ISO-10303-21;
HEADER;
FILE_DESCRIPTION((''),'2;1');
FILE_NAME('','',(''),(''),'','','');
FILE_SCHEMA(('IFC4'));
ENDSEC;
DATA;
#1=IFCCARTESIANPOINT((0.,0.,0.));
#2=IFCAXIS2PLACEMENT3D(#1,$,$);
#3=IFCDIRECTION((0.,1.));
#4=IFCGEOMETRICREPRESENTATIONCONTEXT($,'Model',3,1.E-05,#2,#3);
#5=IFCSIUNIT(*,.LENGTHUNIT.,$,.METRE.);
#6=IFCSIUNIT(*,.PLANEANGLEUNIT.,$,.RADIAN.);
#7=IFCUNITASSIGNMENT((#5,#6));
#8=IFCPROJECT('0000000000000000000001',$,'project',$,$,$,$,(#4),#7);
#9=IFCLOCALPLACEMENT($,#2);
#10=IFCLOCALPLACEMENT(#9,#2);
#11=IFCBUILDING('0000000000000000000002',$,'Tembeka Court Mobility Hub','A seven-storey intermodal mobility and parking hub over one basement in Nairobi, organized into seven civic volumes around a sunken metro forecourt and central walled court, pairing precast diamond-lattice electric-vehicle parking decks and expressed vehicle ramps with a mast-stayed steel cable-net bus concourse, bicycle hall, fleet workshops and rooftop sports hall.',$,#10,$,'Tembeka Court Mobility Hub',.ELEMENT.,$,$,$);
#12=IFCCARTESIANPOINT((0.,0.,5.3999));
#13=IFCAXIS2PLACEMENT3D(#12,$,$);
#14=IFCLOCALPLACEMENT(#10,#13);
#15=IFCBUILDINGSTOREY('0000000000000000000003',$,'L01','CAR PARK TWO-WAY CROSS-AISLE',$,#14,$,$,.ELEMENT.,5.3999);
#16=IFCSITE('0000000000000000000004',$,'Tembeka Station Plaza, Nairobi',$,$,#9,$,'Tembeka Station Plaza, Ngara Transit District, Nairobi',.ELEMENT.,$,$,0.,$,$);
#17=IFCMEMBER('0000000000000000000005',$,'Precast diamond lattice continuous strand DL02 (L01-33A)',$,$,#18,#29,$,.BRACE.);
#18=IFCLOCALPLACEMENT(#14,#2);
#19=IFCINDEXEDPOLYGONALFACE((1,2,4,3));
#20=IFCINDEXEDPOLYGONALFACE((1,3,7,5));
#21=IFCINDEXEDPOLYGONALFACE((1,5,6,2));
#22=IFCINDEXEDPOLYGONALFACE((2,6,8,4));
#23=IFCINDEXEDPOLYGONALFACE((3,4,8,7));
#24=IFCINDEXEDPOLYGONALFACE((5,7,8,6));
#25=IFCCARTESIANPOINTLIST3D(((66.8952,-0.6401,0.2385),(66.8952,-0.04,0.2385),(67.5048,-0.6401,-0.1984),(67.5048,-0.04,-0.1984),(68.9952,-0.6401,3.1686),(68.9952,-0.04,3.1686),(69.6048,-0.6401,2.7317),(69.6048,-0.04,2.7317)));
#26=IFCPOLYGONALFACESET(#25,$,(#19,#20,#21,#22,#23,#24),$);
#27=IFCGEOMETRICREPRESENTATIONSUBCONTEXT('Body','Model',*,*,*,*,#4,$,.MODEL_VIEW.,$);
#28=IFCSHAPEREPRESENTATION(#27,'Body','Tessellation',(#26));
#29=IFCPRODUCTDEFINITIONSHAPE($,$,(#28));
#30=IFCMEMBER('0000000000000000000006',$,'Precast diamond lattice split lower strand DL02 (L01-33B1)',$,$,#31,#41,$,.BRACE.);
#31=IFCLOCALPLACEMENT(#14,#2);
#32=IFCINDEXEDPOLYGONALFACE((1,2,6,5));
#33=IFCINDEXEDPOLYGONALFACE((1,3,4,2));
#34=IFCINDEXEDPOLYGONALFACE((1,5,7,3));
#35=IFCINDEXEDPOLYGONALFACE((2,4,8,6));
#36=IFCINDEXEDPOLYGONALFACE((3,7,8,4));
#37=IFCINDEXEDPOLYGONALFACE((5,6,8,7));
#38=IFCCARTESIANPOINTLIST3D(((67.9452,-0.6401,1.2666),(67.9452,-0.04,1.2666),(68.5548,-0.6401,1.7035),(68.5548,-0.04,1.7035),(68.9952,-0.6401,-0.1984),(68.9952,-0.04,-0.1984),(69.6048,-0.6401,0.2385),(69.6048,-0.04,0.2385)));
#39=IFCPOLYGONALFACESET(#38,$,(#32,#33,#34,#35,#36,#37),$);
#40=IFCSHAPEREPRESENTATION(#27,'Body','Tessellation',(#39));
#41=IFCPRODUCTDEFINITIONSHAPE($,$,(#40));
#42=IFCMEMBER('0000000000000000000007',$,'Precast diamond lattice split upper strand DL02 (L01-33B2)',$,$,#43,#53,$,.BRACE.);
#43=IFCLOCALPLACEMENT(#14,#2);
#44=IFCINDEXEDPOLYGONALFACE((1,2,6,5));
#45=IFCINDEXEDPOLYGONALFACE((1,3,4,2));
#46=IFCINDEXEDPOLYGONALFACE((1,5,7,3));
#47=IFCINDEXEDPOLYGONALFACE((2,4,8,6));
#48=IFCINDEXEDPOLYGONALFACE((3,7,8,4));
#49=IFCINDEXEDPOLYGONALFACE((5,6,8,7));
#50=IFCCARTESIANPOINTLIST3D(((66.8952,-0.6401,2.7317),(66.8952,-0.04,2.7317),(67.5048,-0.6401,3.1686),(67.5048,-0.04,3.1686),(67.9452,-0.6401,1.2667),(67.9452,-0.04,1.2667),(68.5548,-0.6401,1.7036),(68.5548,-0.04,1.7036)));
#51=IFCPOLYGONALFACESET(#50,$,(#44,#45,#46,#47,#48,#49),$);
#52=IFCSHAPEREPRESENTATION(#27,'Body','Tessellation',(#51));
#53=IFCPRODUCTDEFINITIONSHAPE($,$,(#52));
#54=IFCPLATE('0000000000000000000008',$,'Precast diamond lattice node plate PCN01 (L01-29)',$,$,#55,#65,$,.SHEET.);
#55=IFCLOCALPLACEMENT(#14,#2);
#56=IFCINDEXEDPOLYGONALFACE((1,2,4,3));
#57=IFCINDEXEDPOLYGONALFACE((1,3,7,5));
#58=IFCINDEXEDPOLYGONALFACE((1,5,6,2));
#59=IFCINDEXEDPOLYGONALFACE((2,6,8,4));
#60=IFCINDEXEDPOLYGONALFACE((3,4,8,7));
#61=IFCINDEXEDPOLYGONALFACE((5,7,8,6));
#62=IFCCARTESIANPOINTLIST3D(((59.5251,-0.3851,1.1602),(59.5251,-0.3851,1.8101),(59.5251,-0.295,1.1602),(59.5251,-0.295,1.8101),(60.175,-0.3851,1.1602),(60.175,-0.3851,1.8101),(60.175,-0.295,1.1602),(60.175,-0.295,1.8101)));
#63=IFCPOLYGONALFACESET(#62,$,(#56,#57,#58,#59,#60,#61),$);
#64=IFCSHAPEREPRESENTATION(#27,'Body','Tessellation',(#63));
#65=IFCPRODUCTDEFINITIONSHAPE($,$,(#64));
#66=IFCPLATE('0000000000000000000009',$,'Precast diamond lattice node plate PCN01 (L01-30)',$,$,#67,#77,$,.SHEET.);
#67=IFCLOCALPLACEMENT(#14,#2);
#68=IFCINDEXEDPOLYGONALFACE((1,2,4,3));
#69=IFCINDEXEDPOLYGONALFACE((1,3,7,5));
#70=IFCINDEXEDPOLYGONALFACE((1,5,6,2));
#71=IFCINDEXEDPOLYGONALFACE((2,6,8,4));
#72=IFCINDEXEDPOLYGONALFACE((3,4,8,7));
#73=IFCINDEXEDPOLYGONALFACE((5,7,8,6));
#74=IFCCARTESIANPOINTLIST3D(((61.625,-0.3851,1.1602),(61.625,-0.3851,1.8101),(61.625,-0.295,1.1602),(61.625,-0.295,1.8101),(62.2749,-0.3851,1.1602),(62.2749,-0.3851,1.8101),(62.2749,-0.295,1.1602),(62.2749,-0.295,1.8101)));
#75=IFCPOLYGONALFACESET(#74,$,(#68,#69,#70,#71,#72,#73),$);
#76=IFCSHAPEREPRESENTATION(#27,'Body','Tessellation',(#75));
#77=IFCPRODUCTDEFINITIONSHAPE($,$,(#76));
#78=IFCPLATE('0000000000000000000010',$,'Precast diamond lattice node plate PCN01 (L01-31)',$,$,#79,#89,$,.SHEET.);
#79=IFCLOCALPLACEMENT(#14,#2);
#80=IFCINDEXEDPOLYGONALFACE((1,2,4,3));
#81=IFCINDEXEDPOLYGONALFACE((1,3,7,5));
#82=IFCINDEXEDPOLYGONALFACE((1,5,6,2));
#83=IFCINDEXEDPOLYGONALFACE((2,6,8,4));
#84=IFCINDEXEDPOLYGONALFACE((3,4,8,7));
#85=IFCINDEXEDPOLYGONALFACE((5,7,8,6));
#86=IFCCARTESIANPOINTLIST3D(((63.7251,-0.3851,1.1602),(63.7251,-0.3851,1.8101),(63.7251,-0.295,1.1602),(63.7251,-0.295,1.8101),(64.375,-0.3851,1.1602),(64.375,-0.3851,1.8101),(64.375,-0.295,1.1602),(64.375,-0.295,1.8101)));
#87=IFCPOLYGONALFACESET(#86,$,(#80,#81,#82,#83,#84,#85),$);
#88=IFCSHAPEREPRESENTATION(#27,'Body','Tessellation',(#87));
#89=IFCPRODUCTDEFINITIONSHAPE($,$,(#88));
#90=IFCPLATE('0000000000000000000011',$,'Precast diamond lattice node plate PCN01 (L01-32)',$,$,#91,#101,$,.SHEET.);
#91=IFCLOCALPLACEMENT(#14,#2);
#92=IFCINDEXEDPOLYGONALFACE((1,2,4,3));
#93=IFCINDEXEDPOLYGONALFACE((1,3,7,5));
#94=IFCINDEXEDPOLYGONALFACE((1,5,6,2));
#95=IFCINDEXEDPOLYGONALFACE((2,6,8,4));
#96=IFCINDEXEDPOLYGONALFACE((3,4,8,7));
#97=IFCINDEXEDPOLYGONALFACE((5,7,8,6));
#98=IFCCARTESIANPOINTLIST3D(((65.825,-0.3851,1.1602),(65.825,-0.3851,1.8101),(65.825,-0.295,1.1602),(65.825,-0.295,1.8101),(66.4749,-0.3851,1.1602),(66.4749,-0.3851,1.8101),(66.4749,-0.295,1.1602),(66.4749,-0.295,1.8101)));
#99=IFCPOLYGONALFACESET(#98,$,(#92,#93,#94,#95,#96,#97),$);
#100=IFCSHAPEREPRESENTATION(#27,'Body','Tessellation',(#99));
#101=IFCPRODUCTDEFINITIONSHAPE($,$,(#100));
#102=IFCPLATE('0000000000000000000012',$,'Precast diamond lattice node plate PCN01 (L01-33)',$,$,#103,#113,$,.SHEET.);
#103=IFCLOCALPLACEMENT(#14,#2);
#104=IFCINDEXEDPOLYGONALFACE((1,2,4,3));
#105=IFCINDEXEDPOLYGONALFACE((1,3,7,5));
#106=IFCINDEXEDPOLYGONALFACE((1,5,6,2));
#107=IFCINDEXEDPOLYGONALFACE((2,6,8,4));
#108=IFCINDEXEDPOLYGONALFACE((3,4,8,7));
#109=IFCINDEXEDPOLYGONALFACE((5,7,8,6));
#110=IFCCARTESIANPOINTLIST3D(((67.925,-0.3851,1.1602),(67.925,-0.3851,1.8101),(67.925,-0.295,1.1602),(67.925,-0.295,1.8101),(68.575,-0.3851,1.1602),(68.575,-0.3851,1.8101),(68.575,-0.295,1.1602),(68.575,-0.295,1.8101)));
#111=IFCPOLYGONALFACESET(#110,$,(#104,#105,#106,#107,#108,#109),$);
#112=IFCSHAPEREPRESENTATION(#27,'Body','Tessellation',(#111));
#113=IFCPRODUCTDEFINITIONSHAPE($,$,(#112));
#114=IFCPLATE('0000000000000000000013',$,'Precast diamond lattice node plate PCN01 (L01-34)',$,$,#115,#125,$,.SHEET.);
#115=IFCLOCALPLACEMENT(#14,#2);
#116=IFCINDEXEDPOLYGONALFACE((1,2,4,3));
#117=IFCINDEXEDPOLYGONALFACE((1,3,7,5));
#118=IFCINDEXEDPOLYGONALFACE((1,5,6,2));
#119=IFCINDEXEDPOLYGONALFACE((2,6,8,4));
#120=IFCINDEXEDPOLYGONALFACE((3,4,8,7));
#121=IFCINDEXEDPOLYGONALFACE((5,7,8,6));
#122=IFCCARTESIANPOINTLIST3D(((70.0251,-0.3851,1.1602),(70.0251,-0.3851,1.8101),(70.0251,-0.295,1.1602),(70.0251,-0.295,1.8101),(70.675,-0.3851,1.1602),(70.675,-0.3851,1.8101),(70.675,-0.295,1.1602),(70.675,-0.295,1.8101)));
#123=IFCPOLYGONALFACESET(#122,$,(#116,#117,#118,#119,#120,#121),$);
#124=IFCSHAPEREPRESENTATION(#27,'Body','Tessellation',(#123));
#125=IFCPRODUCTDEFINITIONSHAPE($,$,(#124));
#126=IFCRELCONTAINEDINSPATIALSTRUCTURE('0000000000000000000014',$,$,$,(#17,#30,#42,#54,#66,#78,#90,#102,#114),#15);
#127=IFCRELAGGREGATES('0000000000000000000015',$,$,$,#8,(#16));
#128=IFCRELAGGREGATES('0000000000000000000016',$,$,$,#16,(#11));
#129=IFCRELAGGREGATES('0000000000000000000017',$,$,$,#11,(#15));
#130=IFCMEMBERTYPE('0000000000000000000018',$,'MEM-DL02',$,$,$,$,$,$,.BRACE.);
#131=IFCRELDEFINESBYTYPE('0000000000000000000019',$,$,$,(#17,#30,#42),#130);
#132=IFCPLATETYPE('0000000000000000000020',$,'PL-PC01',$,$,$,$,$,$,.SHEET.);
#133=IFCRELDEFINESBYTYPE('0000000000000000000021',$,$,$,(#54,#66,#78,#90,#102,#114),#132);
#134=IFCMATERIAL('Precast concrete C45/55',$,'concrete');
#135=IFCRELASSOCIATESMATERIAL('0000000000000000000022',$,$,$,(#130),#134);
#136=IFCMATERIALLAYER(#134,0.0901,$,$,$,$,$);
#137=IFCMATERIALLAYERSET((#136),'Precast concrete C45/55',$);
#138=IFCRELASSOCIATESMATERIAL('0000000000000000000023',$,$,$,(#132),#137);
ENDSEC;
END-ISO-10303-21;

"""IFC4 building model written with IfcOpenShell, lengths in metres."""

from ifc_helpers import new_model, si_unit, direction, frame, origin, origin_2d, place, context, subcontext, project, spatial, rectangle, extrude, material, layer, layer_set, material_profile, profile_set, type_object, element, save


model = new_model("IFC4")

# Units and contexts
model_context = context("Model", 3, precision=1e-05, world=origin(), true_north=direction((0.0, 1.0)))
body_context = subcontext(model_context, "Body", "Model", "MODEL_VIEW")
ifc_project = project(units=[si_unit("LENGTHUNIT", "METRE"), si_unit("PLANEANGLEUNIT", "RADIAN")], contexts=[model_context])

# Site, building, storey
site_placement = place(None, origin())
site = spatial("IfcSite", under=ifc_project, at=site_placement, Name="Tembeka Station Plaza, Nairobi", LongName="Tembeka Station Plaza, Ngara Transit District, Nairobi", CompositionType="ELEMENT", RefElevation=0.0)
building_placement = place(site_placement, origin())
building = spatial("IfcBuilding", under=site, at=building_placement, Name="Tembeka Court Mobility Hub", Description="A seven-storey intermodal mobility and parking hub over one basement in Nairobi, organized into seven civic volumes around a sunken metro forecourt and central walled court, pairing precast diamond-lattice electric-vehicle parking decks and expressed vehicle ramps with a mast-stayed steel cable-net bus concourse, bicycle hall, fleet workshops and rooftop sports hall.", LongName="Tembeka Court Mobility Hub", CompositionType="ELEMENT")
storey_placement = place(building_placement, frame((0.0, 0.0, 5.3999)))
storey = spatial("IfcBuildingStorey", under=building, at=storey_placement, Name="L01", Description="CAR PARK TWO-WAY CROSS-AISLE", CompositionType="ELEMENT", Elevation=5.3999)

# Members
ifc_material = material(Name="Precast concrete C45/55", Category="concrete")
ifc_material_profile_1 = material_profile(ifc_material, rectangle(XDim=0.6001, YDim=0.75, at=origin_2d()), Name="PC-DIAG 600x750")
ifc_profile_set_1 = profile_set([ifc_material_profile_1], Name="Precast concrete C45/55")
member_type_1 = type_object("IfcMemberType", Name="MEM-DL02", PredefinedType="BRACE", material=ifc_profile_set_1)
member_1_placement = place(storey_placement, frame((67.2, -0.3401, 0.02), z_axis=(0.582544, 0.0, 0.812799), x_axis=(0.0, 1.0, 0.0)))
element("IfcMember", 1, at=member_1_placement, inside=storey, type_object=member_type_1, Name="Precast diamond lattice continuous strand DL02 (L01-33A)", PredefinedType="BRACE", context=body_context, shape_type="SweptSolid", body=[
    extrude(rectangle(XDim=0.6001, YDim=0.75, at=origin_2d()), origin(), (0.0, 0.0, 1.0), 3.605),
])
for number, where, z_axis, x_axis, name in (
    (2, (69.3, -0.3401, 0.02), (-0.582544, 0.0, 0.812799), (0.0, -1.0, 0.0), "Precast diamond lattice split lower strand DL02 (L01-33B1)"),
    (3, (68.25, -0.3401, 1.4851), (-0.582544, 0.0, 0.812799), (0.0, -1.0, 0.0), "Precast diamond lattice split upper strand DL02 (L01-33B2)"),
):
    element("IfcMember", number, at=place(storey_placement, frame(where, z_axis=z_axis, x_axis=x_axis)), inside=storey, type_object=member_type_1, Name=name, PredefinedType="BRACE", context=body_context, shape_type="SweptSolid", body=[
        extrude(rectangle(XDim=0.6001, YDim=0.75, at=origin_2d()), origin(), (0.0, 0.0, 1.0), 1.8025),
    ])

# Plates
ifc_layer = layer(ifc_material, 0.0901)
ifc_layer_set = layer_set([ifc_layer], Name="Precast concrete C45/55")
plate_type = type_object("IfcPlateType", Name="PL-PC01", PredefinedType="SHEET", material=ifc_layer_set)
for number, where, z_axis, x_axis, name in (
    (4, (59.8501, -0.3401, 1.1602), (0.0, 0.0, 1.0), (1.0, 0.0, 0.0), "Precast diamond lattice node plate PCN01 (L01-29)"),
    (5, (61.95, -0.3401, 1.1602), (0.0, 0.0, 1.0), (1.0, 0.0, 0.0), "Precast diamond lattice node plate PCN01 (L01-30)"),
    (6, (64.05, -0.3401, 1.1602), (0.0, 0.0, 1.0), (1.0, 0.0, 0.0), "Precast diamond lattice node plate PCN01 (L01-31)"),
    (7, (66.1499, -0.3401, 1.1602), (0.0, 0.0, 1.0), (1.0, 0.0, 0.0), "Precast diamond lattice node plate PCN01 (L01-32)"),
    (8, (68.25, -0.3401, 1.1602), (0.0, 0.0, 1.0), (1.0, 0.0, 0.0), "Precast diamond lattice node plate PCN01 (L01-33)"),
    (9, (70.3501, -0.3401, 1.1602), (0.0, 0.0, 1.0), (1.0, 0.0, 0.0), "Precast diamond lattice node plate PCN01 (L01-34)"),
):
    element("IfcPlate", number, at=place(storey_placement, frame(where, z_axis=z_axis, x_axis=x_axis)), inside=storey, type_object=plate_type, Name=name, PredefinedType="SHEET", context=body_context, shape_type="SweptSolid", body=[
        extrude(rectangle(XDim=0.6499, YDim=0.0901, at=origin_2d()), origin(), (0.0, 0.0, 1.0), 0.6499),
    ])

save(model, "model.ifc")
